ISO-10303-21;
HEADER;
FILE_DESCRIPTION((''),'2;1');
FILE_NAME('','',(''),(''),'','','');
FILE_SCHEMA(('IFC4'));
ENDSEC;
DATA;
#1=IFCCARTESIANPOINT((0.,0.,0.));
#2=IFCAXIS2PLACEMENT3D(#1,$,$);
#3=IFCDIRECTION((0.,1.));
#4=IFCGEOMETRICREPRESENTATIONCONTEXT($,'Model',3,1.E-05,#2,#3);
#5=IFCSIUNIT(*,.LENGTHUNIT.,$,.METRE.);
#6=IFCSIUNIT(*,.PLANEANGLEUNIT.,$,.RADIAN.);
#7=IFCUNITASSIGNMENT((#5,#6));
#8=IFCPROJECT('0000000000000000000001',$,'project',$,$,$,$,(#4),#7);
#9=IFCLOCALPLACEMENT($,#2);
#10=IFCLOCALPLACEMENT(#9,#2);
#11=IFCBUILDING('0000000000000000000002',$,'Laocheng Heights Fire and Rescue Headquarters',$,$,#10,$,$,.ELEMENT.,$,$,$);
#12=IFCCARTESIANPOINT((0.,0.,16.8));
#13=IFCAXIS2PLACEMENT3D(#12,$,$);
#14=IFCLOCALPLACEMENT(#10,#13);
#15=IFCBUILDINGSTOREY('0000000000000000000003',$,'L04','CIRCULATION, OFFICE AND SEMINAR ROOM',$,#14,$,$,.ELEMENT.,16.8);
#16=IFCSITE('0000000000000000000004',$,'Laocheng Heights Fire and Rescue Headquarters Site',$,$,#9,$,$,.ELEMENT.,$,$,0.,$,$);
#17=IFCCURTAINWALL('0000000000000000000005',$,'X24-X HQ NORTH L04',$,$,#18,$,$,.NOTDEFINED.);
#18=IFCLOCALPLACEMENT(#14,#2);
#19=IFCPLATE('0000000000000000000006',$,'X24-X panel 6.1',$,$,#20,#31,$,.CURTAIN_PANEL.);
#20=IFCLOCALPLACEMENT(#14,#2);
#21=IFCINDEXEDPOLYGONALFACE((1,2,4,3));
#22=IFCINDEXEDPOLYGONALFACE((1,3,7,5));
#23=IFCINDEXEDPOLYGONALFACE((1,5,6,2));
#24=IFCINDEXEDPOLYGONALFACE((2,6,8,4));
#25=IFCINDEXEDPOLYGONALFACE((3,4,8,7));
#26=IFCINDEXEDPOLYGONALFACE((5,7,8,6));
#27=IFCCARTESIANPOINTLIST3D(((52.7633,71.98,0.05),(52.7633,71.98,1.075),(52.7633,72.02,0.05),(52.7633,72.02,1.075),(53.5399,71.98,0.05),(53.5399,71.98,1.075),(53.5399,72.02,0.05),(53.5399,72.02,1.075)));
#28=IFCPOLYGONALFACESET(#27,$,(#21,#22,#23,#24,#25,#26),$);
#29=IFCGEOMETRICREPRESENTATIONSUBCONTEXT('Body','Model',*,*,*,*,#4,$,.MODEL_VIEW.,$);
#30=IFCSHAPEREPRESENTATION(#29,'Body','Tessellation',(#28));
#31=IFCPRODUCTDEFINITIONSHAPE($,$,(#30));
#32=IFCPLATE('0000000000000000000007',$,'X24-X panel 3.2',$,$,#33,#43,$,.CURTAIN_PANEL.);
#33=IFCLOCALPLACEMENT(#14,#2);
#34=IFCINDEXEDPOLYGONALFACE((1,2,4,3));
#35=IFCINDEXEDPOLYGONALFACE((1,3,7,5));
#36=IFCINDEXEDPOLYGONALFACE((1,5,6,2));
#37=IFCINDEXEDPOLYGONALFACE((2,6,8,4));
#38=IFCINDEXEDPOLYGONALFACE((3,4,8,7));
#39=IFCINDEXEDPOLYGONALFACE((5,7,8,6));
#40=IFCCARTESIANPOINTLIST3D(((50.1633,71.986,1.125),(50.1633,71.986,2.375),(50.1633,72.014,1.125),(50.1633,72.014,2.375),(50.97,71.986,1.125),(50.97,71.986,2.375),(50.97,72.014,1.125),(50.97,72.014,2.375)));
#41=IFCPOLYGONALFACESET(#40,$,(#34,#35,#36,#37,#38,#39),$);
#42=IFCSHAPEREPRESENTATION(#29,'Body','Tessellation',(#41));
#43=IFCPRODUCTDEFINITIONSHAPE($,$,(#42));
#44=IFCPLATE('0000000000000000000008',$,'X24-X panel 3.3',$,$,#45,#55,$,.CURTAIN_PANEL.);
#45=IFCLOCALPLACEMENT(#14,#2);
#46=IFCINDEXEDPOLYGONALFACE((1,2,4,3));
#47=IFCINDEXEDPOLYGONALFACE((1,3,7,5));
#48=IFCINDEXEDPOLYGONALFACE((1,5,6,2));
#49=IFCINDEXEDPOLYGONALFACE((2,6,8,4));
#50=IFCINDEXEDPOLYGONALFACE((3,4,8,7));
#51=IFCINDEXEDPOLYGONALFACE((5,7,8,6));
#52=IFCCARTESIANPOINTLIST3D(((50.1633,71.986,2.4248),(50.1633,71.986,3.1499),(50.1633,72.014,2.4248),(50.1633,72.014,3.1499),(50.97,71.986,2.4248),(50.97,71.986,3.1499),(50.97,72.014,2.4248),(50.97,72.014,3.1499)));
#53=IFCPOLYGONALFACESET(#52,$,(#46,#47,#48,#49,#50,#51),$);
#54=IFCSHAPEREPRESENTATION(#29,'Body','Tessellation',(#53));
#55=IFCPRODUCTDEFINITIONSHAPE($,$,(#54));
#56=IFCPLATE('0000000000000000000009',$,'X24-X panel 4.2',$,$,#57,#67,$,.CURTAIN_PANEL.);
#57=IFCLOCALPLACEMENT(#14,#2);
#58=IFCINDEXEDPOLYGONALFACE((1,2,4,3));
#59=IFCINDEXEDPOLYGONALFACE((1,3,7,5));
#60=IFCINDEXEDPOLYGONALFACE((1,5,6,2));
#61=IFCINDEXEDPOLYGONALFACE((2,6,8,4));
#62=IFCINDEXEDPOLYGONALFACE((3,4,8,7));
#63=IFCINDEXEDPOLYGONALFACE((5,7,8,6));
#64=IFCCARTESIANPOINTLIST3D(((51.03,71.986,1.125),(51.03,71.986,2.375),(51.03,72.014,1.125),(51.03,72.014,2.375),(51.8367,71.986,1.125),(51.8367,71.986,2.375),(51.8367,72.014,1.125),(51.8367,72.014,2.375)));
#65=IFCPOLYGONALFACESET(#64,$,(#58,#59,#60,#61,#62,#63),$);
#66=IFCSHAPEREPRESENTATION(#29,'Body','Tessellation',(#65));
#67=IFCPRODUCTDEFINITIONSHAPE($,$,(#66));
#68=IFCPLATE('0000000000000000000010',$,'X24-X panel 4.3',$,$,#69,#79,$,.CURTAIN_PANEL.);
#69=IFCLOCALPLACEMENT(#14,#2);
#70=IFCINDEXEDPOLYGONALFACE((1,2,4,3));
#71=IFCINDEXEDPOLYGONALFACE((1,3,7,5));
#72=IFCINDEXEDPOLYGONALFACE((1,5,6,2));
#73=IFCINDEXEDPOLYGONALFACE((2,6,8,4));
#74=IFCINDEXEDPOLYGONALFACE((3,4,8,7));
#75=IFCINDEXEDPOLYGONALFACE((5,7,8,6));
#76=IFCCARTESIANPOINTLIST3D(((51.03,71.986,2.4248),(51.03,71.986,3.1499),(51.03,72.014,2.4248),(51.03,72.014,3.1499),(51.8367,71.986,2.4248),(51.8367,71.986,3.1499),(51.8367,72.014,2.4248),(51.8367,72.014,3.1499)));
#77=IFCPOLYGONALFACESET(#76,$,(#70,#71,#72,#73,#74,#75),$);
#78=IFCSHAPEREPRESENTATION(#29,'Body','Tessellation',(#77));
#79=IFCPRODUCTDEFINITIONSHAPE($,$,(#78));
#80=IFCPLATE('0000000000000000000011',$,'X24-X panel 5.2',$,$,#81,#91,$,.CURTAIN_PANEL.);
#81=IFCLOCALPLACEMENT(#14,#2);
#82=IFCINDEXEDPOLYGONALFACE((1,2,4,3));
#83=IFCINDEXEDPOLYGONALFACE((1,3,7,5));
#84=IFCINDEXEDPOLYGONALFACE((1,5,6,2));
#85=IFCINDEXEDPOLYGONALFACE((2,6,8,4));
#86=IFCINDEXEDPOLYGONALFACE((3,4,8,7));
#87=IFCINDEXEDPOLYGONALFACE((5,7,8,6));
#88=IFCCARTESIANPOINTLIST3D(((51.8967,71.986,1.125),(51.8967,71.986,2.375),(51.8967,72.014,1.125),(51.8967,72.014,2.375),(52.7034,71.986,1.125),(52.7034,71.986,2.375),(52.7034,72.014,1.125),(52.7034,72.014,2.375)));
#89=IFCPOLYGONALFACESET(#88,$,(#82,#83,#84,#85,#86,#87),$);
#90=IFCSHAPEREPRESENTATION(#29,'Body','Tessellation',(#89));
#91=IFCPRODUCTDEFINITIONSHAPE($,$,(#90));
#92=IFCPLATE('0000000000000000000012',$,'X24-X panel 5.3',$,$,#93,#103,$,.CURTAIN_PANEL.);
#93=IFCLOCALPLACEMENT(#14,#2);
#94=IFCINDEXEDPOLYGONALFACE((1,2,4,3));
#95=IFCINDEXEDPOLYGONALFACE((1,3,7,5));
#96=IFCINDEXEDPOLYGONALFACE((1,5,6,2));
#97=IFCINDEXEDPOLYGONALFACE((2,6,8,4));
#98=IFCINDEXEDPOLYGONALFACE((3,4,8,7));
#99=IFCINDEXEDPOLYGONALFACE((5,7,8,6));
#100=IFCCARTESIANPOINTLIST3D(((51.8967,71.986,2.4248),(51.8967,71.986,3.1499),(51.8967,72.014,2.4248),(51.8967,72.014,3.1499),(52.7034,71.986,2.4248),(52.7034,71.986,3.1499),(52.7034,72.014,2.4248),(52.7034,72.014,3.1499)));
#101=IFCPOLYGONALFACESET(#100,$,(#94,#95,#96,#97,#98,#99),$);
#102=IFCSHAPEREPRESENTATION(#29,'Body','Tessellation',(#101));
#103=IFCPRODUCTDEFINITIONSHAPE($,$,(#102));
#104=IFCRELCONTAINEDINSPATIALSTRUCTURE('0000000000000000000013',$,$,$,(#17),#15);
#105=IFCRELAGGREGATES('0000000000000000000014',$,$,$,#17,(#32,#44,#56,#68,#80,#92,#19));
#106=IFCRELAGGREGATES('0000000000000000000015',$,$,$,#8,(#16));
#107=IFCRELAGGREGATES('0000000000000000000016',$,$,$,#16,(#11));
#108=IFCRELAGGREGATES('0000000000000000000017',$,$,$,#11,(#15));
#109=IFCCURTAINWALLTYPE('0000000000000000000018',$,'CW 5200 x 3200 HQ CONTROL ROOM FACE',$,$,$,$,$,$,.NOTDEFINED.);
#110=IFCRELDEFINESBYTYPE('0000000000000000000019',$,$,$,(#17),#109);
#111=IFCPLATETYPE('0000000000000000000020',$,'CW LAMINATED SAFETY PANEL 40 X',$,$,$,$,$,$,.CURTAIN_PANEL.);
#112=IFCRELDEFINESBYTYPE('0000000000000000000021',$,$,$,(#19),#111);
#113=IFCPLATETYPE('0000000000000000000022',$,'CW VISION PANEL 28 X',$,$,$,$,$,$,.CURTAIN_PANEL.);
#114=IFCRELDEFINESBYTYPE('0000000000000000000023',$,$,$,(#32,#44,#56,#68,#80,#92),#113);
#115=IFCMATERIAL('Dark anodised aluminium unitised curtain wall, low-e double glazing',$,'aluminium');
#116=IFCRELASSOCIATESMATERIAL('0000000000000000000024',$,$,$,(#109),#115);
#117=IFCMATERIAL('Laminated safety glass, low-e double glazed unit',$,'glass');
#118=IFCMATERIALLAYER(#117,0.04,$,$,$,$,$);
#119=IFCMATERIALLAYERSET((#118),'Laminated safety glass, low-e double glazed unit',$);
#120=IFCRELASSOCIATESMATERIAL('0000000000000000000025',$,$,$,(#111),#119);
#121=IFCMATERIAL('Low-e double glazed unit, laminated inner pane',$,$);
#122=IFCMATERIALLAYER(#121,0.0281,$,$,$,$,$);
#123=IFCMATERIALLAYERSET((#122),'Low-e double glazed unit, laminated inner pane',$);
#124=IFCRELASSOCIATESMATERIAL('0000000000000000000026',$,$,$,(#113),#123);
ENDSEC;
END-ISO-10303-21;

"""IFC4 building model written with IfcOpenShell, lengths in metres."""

from ifc_helpers import new_model, si_unit, direction, frame, origin, origin_2d, place, context, subcontext, project, spatial, rectangle, extrude, material, layer, layer_set, type_object, element, aggregate, save


model = new_model("IFC4")

# Units and contexts
model_context = context("Model", 3, precision=1e-05, world=origin(), true_north=direction((0.0, 1.0)))
body_context = subcontext(model_context, "Body", "Model", "MODEL_VIEW")
ifc_project = project(units=[si_unit("LENGTHUNIT", "METRE"), si_unit("PLANEANGLEUNIT", "RADIAN")], contexts=[model_context])

# Site, building, storey
site_placement = place(None, origin())
site = spatial("IfcSite", under=ifc_project, at=site_placement, Name="Laocheng Heights Fire and Rescue Headquarters Site", CompositionType="ELEMENT", RefElevation=0.0)
building_placement = place(site_placement, origin())
building = spatial("IfcBuilding", under=site, at=building_placement, Name="Laocheng Heights Fire and Rescue Headquarters", CompositionType="ELEMENT")
storey_placement = place(building_placement, frame((0.0, 0.0, 16.8)))
storey = spatial("IfcBuildingStorey", under=building, at=storey_placement, Name="L04", Description="CIRCULATION, OFFICE AND SEMINAR ROOM", CompositionType="ELEMENT", Elevation=16.8)

# Curtain wall, plates
ifc_material_1 = material(Name="Dark anodised aluminium unitised curtain wall, low-e double glazing", Category="aluminium")
curtain_wall_type = type_object("IfcCurtainWallType", Name="CW 5200 x 3200 HQ CONTROL ROOM FACE", PredefinedType="NOTDEFINED", material=ifc_material_1)
curtain_wall_placement = place(storey_placement, origin())
curtain_wall = element("IfcCurtainWall", 1, at=curtain_wall_placement, inside=storey, type_object=curtain_wall_type, Name="X24-X HQ NORTH L04", PredefinedType="NOTDEFINED")
ifc_material_2 = material(Name="Laminated safety glass, low-e double glazed unit", Category="glass")
ifc_layer_1 = layer(ifc_material_2, 0.04)
ifc_layer_set_1 = layer_set([ifc_layer_1], Name="Laminated safety glass, low-e double glazed unit")
plate_type_1 = type_object("IfcPlateType", Name="CW LAMINATED SAFETY PANEL 40 X", PredefinedType="CURTAIN_PANEL", material=ifc_layer_set_1)
plate_1_placement = place(storey_placement, frame((53.1516, 72.0, 0.05), z_axis=(0.0, 0.0, 1.0), x_axis=(1.0, 0.0, 0.0)))
plate_1 = element("IfcPlate", 2, at=plate_1_placement, type_object=plate_type_1, Name="X24-X panel 6.1", PredefinedType="CURTAIN_PANEL", context=body_context, shape_type="SweptSolid", body=[
    extrude(rectangle(XDim=0.7766, YDim=0.04, at=origin_2d()), origin(), (0.0, 0.0, 1.0), 1.0249),
])
ifc_material_3 = material(Name="Low-e double glazed unit, laminated inner pane")
ifc_layer_2 = layer(ifc_material_3, 0.0281)
ifc_layer_set_2 = layer_set([ifc_layer_2], Name="Low-e double glazed unit, laminated inner pane")
plate_type_2 = type_object("IfcPlateType", Name="CW VISION PANEL 28 X", PredefinedType="CURTAIN_PANEL", material=ifc_layer_set_2)
plate_2_placement = place(storey_placement, frame((50.5667, 72.0, 1.125), z_axis=(0.0, 0.0, 1.0), x_axis=(1.0, 0.0, 0.0)))
plate_2 = element("IfcPlate", 3, at=plate_2_placement, type_object=plate_type_2, Name="X24-X panel 3.2", PredefinedType="CURTAIN_PANEL", context=body_context, shape_type="SweptSolid", body=[
    extrude(rectangle(XDim=0.8066, YDim=0.0281, at=origin_2d()), origin(), (0.0, 0.0, 1.0), 1.25),
])
plate_3_placement = place(storey_placement, frame((50.5667, 72.0, 2.4248), z_axis=(0.0, 0.0, 1.0), x_axis=(1.0, 0.0, 0.0)))
plate_3 = element("IfcPlate", 4, at=plate_3_placement, type_object=plate_type_2, Name="X24-X panel 3.3", PredefinedType="CURTAIN_PANEL", context=body_context, shape_type="SweptSolid", body=[
    extrude(rectangle(XDim=0.8066, YDim=0.0281, at=origin_2d()), origin(), (0.0, 0.0, 1.0), 0.7251),
])
plate_4_placement = place(storey_placement, frame((51.4333, 72.0, 1.125), z_axis=(0.0, 0.0, 1.0), x_axis=(1.0, 0.0, 0.0)))
plate_4 = element("IfcPlate", 5, at=plate_4_placement, type_object=plate_type_2, Name="X24-X panel 4.2", PredefinedType="CURTAIN_PANEL", context=body_context, shape_type="SweptSolid", body=[
    extrude(rectangle(XDim=0.8066, YDim=0.0281, at=origin_2d()), origin(), (0.0, 0.0, 1.0), 1.25),
])
plate_5_placement = place(storey_placement, frame((51.4333, 72.0, 2.4248), z_axis=(0.0, 0.0, 1.0), x_axis=(1.0, 0.0, 0.0)))
plate_5 = element("IfcPlate", 6, at=plate_5_placement, type_object=plate_type_2, Name="X24-X panel 4.3", PredefinedType="CURTAIN_PANEL", context=body_context, shape_type="SweptSolid", body=[
    extrude(rectangle(XDim=0.8066, YDim=0.0281, at=origin_2d()), origin(), (0.0, 0.0, 1.0), 0.7251),
])
plate_6_placement = place(storey_placement, frame((52.3, 72.0, 1.125), z_axis=(0.0, 0.0, 1.0), x_axis=(1.0, 0.0, 0.0)))
plate_6 = element("IfcPlate", 7, at=plate_6_placement, type_object=plate_type_2, Name="X24-X panel 5.2", PredefinedType="CURTAIN_PANEL", context=body_context, shape_type="SweptSolid", body=[
    extrude(rectangle(XDim=0.8066, YDim=0.0281, at=origin_2d()), origin(), (0.0, 0.0, 1.0), 1.25),
])
plate_7_placement = place(storey_placement, frame((52.3, 72.0, 2.4248), z_axis=(0.0, 0.0, 1.0), x_axis=(1.0, 0.0, 0.0)))
plate_7 = element("IfcPlate", 8, at=plate_7_placement, type_object=plate_type_2, Name="X24-X panel 5.3", PredefinedType="CURTAIN_PANEL", context=body_context, shape_type="SweptSolid", body=[
    extrude(rectangle(XDim=0.8066, YDim=0.0281, at=origin_2d()), origin(), (0.0, 0.0, 1.0), 0.7251),
])
aggregate(curtain_wall, [plate_2, plate_3, plate_4, plate_5, plate_6, plate_7, plate_1])

save(model, "model.ifc")
